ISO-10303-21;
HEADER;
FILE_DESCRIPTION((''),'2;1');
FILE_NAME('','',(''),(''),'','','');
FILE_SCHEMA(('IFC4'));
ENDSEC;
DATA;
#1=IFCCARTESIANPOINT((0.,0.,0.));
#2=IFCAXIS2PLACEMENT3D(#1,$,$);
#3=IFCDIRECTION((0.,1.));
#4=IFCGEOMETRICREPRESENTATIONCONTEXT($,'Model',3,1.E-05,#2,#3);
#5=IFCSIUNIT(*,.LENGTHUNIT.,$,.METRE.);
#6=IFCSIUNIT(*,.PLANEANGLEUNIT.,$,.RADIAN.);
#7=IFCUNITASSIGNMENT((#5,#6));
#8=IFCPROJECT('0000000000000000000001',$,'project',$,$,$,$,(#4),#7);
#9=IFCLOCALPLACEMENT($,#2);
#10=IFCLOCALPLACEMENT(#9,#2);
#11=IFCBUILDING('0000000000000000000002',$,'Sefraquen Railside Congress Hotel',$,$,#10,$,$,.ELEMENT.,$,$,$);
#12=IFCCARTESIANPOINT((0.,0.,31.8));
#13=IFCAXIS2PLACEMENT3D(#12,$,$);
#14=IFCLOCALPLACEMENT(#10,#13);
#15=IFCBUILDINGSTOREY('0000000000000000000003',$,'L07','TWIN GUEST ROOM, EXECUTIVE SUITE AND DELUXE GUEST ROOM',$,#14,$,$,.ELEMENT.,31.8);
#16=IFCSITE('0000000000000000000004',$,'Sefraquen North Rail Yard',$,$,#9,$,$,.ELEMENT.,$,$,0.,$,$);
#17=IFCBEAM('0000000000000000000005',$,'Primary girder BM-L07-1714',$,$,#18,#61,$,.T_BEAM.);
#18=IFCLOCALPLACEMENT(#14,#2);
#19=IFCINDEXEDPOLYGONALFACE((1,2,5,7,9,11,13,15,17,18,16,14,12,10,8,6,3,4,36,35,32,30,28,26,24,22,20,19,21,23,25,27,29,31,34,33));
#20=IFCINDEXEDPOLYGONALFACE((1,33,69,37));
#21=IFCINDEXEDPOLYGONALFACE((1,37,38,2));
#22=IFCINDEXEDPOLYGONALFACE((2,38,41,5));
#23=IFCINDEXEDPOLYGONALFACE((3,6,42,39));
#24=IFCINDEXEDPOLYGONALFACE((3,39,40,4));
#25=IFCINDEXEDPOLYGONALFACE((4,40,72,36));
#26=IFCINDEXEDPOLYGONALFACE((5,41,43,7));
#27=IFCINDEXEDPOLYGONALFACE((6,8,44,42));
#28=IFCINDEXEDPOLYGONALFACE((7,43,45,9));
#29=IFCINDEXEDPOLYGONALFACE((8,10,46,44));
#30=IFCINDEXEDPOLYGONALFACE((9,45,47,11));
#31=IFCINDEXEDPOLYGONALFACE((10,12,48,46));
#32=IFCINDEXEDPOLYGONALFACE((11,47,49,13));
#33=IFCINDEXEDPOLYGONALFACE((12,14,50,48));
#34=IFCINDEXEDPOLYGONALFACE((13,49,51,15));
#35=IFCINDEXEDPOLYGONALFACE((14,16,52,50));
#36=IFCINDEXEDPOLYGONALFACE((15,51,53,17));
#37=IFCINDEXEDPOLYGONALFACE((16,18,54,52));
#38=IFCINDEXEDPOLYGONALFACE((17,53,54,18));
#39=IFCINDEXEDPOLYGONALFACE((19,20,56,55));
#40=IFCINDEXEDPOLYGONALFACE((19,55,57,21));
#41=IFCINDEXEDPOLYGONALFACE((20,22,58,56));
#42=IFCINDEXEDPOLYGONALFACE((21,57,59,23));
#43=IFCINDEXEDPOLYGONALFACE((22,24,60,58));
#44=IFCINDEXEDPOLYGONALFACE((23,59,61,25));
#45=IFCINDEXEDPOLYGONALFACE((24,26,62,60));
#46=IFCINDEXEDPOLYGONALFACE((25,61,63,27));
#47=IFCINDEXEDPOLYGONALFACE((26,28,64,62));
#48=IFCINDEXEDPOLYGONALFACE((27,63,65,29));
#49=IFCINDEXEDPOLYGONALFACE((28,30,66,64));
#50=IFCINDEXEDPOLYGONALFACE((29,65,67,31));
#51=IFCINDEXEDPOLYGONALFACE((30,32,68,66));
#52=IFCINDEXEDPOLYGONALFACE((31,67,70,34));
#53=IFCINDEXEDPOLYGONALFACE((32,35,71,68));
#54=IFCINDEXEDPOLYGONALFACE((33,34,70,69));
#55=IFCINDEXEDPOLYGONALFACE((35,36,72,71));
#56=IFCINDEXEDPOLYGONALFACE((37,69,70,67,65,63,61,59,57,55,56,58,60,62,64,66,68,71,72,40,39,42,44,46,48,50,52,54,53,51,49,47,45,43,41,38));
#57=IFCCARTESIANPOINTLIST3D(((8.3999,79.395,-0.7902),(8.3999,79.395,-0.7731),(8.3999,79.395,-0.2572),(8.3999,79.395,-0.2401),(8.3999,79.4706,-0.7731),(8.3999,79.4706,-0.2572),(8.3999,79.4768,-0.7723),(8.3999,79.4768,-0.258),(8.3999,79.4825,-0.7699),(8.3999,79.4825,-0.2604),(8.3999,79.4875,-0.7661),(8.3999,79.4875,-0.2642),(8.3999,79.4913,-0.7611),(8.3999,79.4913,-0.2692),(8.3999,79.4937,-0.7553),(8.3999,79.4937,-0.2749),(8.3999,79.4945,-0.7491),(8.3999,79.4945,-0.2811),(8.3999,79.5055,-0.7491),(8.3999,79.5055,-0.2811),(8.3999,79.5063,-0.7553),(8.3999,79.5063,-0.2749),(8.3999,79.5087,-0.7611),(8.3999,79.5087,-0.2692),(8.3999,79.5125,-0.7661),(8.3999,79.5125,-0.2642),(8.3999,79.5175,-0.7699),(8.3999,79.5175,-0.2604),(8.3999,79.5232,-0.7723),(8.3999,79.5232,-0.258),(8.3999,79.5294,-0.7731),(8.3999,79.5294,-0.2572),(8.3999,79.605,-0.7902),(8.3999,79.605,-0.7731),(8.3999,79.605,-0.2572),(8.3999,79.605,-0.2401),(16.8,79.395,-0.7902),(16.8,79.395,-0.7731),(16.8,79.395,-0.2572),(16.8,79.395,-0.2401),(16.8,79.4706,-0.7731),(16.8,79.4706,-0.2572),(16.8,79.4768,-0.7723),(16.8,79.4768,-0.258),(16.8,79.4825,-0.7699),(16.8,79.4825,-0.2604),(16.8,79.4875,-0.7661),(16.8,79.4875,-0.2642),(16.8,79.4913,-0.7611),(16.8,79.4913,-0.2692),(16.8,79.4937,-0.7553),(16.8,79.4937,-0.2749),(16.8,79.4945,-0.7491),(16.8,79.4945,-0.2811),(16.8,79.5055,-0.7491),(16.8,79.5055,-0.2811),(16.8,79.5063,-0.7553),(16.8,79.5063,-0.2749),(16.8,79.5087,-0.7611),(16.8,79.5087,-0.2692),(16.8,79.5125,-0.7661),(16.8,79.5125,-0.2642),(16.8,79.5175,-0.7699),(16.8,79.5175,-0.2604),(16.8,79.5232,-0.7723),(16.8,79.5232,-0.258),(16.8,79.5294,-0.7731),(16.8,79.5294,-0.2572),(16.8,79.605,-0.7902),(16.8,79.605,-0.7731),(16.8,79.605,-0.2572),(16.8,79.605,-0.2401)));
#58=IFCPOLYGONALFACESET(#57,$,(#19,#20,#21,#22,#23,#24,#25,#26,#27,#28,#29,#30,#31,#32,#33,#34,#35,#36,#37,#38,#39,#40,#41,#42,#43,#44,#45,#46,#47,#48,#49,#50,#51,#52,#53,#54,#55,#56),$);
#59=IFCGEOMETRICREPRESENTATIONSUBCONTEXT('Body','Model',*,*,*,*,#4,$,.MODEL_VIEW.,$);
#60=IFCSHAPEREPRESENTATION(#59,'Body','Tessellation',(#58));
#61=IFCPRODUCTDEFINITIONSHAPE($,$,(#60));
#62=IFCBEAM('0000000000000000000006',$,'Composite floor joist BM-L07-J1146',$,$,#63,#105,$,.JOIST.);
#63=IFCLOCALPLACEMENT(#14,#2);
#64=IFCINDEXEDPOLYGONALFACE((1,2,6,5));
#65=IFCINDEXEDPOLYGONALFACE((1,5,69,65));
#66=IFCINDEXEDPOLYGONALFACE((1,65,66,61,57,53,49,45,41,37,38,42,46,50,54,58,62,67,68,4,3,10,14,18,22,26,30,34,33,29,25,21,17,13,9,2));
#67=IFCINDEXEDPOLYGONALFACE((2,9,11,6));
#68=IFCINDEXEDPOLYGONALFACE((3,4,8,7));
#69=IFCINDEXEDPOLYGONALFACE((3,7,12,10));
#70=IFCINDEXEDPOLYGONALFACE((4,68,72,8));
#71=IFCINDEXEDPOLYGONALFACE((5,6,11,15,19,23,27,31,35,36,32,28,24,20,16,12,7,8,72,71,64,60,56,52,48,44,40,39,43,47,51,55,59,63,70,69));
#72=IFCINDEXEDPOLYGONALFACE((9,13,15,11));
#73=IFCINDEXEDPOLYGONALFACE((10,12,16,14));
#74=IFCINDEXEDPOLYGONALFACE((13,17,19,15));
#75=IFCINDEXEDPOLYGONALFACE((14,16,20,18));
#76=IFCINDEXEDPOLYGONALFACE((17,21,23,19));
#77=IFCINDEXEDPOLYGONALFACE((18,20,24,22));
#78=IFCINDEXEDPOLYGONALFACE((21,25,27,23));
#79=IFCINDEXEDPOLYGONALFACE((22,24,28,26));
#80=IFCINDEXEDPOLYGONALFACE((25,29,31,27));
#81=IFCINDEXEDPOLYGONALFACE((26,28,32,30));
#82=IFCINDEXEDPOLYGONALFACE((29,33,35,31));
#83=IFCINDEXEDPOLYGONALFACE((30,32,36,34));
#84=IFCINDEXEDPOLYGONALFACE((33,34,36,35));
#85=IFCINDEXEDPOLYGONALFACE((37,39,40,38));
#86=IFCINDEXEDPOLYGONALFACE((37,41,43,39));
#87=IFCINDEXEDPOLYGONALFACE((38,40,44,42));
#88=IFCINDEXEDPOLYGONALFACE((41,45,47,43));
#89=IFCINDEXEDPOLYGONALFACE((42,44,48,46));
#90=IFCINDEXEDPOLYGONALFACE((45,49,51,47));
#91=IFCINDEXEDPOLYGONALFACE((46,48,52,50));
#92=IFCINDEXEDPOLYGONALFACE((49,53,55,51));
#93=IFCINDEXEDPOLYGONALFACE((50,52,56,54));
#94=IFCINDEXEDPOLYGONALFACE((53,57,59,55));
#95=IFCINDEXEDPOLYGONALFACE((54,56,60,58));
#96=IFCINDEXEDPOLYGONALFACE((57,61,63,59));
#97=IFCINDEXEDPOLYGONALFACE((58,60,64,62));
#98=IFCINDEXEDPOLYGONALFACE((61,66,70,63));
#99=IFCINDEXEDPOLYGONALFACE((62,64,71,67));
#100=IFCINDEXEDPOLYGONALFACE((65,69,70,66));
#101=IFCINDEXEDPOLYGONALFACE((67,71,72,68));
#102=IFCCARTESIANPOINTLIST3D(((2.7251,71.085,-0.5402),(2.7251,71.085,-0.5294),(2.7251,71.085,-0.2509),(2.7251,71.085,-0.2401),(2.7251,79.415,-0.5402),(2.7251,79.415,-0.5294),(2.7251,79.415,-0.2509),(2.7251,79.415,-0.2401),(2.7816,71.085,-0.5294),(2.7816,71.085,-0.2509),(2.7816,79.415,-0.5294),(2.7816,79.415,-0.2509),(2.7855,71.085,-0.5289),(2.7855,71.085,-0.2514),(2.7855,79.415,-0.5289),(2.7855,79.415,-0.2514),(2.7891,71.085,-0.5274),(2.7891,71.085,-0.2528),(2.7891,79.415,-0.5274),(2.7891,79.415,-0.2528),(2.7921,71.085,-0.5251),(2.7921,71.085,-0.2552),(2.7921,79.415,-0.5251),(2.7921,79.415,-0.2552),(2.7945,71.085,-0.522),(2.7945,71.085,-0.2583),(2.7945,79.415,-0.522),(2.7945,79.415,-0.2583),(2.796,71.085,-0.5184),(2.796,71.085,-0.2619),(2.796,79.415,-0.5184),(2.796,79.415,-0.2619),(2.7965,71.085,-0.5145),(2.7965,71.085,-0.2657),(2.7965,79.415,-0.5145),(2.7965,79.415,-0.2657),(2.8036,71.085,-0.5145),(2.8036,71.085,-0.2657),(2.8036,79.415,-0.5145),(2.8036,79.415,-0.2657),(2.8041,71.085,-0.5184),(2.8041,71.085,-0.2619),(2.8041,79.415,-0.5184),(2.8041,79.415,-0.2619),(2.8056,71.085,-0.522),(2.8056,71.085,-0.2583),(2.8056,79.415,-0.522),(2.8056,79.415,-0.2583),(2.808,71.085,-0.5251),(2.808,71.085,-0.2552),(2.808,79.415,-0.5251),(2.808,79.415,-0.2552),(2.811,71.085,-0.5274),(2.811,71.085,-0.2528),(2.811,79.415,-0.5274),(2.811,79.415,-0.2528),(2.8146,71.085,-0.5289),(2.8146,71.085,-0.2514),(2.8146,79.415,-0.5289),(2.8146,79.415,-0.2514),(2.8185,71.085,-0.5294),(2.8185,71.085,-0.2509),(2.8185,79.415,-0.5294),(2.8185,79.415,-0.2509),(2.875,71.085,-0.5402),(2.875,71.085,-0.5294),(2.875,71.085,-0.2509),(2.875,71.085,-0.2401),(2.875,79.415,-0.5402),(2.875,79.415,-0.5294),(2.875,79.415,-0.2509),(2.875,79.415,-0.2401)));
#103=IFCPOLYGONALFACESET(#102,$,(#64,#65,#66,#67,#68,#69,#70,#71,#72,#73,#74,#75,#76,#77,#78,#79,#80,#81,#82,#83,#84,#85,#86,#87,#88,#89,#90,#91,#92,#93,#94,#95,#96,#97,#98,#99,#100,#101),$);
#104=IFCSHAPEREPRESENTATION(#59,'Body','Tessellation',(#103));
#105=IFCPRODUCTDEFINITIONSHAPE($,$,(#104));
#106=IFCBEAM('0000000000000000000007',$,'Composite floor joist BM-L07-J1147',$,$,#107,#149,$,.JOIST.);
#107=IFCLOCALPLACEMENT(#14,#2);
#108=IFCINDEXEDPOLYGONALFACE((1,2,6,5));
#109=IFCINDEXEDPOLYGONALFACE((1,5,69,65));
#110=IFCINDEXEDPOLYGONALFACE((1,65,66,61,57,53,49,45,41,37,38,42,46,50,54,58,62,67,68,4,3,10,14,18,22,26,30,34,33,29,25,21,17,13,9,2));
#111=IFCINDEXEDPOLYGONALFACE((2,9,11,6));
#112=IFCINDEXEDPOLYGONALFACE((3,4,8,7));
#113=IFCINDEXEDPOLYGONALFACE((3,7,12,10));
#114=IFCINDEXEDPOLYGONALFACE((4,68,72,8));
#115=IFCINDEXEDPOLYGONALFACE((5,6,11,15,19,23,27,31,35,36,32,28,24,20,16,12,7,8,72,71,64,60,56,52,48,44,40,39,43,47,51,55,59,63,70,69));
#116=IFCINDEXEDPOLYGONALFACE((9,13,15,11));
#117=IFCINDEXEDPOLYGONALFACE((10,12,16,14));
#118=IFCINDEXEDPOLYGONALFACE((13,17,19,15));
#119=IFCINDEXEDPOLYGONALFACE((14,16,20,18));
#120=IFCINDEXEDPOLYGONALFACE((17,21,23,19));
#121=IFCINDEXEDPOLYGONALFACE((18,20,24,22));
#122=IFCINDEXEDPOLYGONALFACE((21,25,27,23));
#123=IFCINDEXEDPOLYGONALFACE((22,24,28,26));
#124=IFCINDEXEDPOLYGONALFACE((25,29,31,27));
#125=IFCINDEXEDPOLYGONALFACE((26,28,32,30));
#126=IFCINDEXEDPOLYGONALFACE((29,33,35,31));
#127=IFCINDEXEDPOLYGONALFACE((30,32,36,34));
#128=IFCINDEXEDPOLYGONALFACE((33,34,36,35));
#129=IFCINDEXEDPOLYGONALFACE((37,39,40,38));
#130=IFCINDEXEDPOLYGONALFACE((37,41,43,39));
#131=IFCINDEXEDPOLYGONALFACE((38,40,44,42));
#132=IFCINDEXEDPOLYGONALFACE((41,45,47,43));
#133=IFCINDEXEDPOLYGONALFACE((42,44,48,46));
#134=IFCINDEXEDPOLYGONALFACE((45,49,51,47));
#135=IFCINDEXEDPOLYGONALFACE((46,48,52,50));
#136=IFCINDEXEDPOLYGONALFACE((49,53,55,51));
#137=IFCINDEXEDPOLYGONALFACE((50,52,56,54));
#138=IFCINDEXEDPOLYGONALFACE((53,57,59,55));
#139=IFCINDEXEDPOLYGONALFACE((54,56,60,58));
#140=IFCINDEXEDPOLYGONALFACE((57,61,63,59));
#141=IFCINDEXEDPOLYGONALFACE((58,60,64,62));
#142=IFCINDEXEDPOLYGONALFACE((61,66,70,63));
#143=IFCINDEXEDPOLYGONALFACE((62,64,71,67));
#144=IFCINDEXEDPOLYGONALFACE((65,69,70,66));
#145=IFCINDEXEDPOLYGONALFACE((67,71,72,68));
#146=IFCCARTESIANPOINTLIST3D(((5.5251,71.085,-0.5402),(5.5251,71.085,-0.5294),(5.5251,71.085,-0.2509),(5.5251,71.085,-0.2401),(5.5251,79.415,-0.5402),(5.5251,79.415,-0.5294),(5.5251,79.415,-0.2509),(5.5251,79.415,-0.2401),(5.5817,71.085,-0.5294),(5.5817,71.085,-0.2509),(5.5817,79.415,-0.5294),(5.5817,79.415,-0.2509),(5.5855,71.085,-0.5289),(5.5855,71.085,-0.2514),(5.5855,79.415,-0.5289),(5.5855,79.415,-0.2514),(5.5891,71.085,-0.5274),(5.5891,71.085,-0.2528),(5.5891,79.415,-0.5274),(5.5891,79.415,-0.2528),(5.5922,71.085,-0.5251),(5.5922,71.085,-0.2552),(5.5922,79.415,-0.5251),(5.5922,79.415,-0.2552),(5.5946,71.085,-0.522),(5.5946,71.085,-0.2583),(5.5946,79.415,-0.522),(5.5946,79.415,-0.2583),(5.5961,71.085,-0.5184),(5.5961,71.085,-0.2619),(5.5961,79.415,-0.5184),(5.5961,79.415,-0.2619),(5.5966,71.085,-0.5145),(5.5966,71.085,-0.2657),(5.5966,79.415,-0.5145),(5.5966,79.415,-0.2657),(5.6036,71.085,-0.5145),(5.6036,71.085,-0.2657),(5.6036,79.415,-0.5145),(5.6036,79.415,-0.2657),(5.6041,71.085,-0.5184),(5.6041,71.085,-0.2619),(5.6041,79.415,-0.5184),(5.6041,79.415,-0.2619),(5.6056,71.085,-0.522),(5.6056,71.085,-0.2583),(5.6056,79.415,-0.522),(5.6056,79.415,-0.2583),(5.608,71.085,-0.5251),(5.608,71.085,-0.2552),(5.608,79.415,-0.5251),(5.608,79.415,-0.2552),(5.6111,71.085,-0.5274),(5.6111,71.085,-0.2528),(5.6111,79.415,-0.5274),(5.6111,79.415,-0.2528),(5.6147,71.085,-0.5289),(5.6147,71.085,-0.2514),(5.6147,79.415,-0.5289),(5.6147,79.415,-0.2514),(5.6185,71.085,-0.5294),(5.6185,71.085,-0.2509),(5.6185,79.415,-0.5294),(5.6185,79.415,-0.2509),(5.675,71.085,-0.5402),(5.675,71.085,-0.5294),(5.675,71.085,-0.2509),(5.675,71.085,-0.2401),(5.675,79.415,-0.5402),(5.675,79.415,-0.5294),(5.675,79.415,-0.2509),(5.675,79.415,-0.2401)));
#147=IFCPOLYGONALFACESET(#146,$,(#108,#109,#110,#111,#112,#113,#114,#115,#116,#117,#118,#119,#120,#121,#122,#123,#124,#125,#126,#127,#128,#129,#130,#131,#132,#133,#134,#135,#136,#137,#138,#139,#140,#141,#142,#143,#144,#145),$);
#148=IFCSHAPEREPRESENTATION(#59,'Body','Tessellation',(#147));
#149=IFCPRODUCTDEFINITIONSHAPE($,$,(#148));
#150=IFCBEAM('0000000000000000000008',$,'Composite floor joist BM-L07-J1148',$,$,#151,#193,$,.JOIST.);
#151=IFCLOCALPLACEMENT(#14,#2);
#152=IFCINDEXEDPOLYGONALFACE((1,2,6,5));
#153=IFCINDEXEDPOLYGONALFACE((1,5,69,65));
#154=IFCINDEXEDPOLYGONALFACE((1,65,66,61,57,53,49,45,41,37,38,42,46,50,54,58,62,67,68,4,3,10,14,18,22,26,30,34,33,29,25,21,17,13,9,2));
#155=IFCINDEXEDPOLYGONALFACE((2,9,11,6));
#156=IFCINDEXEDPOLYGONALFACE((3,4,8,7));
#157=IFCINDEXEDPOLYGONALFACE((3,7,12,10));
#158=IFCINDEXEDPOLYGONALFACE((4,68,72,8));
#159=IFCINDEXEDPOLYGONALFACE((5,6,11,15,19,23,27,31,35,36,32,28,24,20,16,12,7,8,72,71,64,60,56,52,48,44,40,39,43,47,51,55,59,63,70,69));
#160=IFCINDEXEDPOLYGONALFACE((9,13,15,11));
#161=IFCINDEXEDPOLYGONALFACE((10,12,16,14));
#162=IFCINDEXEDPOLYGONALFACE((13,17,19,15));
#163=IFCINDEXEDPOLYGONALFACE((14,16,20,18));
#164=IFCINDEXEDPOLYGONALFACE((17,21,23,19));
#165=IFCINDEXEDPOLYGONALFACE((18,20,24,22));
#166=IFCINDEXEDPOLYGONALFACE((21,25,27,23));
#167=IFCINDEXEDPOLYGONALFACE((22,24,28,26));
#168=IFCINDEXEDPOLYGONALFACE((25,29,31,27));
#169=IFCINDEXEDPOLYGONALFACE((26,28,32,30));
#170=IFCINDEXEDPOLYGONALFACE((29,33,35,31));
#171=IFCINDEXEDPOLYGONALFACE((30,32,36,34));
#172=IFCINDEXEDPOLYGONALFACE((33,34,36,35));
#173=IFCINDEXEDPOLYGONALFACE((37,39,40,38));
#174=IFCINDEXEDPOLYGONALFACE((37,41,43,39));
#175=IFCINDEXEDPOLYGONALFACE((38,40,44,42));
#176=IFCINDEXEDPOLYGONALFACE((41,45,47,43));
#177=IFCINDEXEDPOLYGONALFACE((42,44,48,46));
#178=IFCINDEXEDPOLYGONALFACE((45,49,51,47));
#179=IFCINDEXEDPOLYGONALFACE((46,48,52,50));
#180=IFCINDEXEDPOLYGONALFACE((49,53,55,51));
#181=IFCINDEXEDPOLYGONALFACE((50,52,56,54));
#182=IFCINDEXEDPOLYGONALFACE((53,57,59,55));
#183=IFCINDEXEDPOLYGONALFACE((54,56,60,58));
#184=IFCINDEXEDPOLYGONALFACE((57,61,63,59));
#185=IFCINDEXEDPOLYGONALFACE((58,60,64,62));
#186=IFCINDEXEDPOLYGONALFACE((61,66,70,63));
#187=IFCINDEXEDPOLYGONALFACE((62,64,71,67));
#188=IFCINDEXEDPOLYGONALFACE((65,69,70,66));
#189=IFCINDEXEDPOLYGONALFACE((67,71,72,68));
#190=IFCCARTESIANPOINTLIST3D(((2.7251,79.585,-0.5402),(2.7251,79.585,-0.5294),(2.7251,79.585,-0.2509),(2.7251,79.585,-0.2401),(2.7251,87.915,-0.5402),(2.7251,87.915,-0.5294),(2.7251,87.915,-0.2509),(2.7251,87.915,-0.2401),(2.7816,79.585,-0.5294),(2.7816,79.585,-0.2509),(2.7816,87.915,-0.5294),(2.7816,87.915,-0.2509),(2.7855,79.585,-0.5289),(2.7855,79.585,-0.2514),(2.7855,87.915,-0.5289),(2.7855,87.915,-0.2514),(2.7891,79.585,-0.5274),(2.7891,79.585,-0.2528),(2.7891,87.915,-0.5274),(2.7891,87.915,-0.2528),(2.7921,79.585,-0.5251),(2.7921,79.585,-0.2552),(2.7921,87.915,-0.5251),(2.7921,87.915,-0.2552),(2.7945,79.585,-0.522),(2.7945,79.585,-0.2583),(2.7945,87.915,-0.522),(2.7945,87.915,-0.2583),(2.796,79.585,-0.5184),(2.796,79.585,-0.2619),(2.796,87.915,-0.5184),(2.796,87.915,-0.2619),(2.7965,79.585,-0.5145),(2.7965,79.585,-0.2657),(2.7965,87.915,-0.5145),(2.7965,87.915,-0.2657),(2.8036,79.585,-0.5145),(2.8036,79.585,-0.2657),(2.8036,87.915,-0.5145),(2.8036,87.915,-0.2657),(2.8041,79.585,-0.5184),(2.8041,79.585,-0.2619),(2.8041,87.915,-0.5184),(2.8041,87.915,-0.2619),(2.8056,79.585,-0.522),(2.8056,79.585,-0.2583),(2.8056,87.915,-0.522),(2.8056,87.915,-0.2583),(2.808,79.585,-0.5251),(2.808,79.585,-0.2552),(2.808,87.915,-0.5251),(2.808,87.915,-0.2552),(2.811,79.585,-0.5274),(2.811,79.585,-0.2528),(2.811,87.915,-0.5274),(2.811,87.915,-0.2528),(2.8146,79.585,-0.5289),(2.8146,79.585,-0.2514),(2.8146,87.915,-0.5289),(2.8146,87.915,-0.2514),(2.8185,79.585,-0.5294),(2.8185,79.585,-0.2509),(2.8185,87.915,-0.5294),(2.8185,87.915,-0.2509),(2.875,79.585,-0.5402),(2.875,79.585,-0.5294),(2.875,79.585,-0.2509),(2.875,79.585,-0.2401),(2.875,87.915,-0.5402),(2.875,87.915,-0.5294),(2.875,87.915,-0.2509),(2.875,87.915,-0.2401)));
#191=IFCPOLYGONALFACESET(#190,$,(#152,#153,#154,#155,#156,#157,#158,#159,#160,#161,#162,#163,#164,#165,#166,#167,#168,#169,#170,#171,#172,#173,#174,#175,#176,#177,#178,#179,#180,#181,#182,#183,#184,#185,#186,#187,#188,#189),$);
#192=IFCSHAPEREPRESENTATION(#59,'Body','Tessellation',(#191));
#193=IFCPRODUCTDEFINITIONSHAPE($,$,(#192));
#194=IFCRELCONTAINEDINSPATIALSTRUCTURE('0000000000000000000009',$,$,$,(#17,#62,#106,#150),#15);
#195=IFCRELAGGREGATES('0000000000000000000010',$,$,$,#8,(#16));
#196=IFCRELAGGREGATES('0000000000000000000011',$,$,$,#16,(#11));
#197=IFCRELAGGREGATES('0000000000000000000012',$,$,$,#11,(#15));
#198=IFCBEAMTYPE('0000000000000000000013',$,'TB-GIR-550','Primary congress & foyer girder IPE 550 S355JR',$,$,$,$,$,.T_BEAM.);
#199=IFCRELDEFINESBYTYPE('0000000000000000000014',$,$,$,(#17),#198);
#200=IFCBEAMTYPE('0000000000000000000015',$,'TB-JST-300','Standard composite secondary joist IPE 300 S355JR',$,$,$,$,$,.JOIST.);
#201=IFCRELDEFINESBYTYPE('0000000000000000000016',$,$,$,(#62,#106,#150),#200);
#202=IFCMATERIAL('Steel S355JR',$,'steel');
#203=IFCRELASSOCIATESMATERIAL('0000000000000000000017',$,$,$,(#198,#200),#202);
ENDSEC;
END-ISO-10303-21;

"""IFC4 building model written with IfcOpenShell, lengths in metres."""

from ifc_helpers import new_model, si_unit, direction, frame, origin, origin_2d, place, context, subcontext, project, spatial, i_section, extrude, material, material_profile, profile_set, type_object, element, save


model = new_model("IFC4")

# Units and contexts
model_context = context("Model", 3, precision=1e-05, world=origin(), true_north=direction((0.0, 1.0)))
body_context = subcontext(model_context, "Body", "Model", "MODEL_VIEW")
ifc_project = project(units=[si_unit("LENGTHUNIT", "METRE"), si_unit("PLANEANGLEUNIT", "RADIAN")], contexts=[model_context])

# Site, building, storey
site_placement = place(None, origin())
site = spatial("IfcSite", under=ifc_project, at=site_placement, Name="Sefraquen North Rail Yard", CompositionType="ELEMENT", RefElevation=0.0)
building_placement = place(site_placement, origin())
building = spatial("IfcBuilding", under=site, at=building_placement, Name="Sefraquen Railside Congress Hotel", CompositionType="ELEMENT")
storey_placement = place(building_placement, frame((0.0, 0.0, 31.8)))
storey = spatial("IfcBuildingStorey", under=building, at=storey_placement, Name="L07", Description="TWIN GUEST ROOM, EXECUTIVE SUITE AND DELUXE GUEST ROOM", CompositionType="ELEMENT", Elevation=31.8)

# Shared definitions
ifc_material_1 = material(Name="Steel S355JR", Category="steel")

# Beams
ifc_material_profile_1 = material_profile(ifc_material_1, i_section(OverallWidth=0.21, OverallDepth=0.55, WebThickness=0.011, FlangeThickness=0.0171, FilletRadius=0.0239, at=origin_2d()), Name="IPE 550")
ifc_profile_set_1 = profile_set([ifc_material_profile_1], Name="Steel S355JR")
beam_type_1 = type_object("IfcBeamType", Name="TB-GIR-550", Description="Primary congress & foyer girder IPE 550 S355JR", PredefinedType="T_BEAM", material=ifc_profile_set_1)
beam_1_placement = place(storey_placement, frame((8.3999, 79.5, -0.5151), z_axis=(1.0, 0.0, 0.0), x_axis=(0.0, 1.0, 0.0)))
element("IfcBeam", 1, at=beam_1_placement, inside=storey, type_object=beam_type_1, Name="Primary girder BM-L07-1714", PredefinedType="T_BEAM", context=body_context, shape_type="SweptSolid", body=[
    extrude(i_section(OverallWidth=0.21, OverallDepth=0.55, WebThickness=0.011, FlangeThickness=0.0171, FilletRadius=0.0239, at=origin_2d()), origin(), (0.0, 0.0, 1.0), 8.4001),
])
ifc_material_profile_2 = material_profile(ifc_material_1, i_section(OverallWidth=0.1499, OverallDepth=0.3, WebThickness=0.0071, FlangeThickness=0.0107, FilletRadius=0.0149, at=origin_2d()), Name="IPE 300")
ifc_profile_set_2 = profile_set([ifc_material_profile_2], Name="Steel S355JR")
beam_type_2 = type_object("IfcBeamType", Name="TB-JST-300", Description="Standard composite secondary joist IPE 300 S355JR", PredefinedType="JOIST", material=ifc_profile_set_2)
for number, where, z_axis, x_axis, name in (
    (2, (2.8, 71.085, -0.3901), (0.0, 1.0, 0.0), (-1.0, 0.0, 0.0), "Composite floor joist BM-L07-J1146"),
    (3, (5.6001, 71.085, -0.3901), (0.0, 1.0, 0.0), (-1.0, 0.0, 0.0), "Composite floor joist BM-L07-J1147"),
    (4, (2.8, 79.585, -0.3901), (0.0, 1.0, 0.0), (-1.0, 0.0, 0.0), "Composite floor joist BM-L07-J1148"),
):
    element("IfcBeam", number, at=place(storey_placement, frame(where, z_axis=z_axis, x_axis=x_axis)), inside=storey, type_object=beam_type_2, Name=name, PredefinedType="JOIST", context=body_context, shape_type="SweptSolid", body=[
        extrude(i_section(OverallWidth=0.1499, OverallDepth=0.3, WebThickness=0.0071, FlangeThickness=0.0107, FilletRadius=0.0149, at=origin_2d()), origin(), (0.0, 0.0, 1.0), 8.3301),
    ])

save(model, "model.ifc")
